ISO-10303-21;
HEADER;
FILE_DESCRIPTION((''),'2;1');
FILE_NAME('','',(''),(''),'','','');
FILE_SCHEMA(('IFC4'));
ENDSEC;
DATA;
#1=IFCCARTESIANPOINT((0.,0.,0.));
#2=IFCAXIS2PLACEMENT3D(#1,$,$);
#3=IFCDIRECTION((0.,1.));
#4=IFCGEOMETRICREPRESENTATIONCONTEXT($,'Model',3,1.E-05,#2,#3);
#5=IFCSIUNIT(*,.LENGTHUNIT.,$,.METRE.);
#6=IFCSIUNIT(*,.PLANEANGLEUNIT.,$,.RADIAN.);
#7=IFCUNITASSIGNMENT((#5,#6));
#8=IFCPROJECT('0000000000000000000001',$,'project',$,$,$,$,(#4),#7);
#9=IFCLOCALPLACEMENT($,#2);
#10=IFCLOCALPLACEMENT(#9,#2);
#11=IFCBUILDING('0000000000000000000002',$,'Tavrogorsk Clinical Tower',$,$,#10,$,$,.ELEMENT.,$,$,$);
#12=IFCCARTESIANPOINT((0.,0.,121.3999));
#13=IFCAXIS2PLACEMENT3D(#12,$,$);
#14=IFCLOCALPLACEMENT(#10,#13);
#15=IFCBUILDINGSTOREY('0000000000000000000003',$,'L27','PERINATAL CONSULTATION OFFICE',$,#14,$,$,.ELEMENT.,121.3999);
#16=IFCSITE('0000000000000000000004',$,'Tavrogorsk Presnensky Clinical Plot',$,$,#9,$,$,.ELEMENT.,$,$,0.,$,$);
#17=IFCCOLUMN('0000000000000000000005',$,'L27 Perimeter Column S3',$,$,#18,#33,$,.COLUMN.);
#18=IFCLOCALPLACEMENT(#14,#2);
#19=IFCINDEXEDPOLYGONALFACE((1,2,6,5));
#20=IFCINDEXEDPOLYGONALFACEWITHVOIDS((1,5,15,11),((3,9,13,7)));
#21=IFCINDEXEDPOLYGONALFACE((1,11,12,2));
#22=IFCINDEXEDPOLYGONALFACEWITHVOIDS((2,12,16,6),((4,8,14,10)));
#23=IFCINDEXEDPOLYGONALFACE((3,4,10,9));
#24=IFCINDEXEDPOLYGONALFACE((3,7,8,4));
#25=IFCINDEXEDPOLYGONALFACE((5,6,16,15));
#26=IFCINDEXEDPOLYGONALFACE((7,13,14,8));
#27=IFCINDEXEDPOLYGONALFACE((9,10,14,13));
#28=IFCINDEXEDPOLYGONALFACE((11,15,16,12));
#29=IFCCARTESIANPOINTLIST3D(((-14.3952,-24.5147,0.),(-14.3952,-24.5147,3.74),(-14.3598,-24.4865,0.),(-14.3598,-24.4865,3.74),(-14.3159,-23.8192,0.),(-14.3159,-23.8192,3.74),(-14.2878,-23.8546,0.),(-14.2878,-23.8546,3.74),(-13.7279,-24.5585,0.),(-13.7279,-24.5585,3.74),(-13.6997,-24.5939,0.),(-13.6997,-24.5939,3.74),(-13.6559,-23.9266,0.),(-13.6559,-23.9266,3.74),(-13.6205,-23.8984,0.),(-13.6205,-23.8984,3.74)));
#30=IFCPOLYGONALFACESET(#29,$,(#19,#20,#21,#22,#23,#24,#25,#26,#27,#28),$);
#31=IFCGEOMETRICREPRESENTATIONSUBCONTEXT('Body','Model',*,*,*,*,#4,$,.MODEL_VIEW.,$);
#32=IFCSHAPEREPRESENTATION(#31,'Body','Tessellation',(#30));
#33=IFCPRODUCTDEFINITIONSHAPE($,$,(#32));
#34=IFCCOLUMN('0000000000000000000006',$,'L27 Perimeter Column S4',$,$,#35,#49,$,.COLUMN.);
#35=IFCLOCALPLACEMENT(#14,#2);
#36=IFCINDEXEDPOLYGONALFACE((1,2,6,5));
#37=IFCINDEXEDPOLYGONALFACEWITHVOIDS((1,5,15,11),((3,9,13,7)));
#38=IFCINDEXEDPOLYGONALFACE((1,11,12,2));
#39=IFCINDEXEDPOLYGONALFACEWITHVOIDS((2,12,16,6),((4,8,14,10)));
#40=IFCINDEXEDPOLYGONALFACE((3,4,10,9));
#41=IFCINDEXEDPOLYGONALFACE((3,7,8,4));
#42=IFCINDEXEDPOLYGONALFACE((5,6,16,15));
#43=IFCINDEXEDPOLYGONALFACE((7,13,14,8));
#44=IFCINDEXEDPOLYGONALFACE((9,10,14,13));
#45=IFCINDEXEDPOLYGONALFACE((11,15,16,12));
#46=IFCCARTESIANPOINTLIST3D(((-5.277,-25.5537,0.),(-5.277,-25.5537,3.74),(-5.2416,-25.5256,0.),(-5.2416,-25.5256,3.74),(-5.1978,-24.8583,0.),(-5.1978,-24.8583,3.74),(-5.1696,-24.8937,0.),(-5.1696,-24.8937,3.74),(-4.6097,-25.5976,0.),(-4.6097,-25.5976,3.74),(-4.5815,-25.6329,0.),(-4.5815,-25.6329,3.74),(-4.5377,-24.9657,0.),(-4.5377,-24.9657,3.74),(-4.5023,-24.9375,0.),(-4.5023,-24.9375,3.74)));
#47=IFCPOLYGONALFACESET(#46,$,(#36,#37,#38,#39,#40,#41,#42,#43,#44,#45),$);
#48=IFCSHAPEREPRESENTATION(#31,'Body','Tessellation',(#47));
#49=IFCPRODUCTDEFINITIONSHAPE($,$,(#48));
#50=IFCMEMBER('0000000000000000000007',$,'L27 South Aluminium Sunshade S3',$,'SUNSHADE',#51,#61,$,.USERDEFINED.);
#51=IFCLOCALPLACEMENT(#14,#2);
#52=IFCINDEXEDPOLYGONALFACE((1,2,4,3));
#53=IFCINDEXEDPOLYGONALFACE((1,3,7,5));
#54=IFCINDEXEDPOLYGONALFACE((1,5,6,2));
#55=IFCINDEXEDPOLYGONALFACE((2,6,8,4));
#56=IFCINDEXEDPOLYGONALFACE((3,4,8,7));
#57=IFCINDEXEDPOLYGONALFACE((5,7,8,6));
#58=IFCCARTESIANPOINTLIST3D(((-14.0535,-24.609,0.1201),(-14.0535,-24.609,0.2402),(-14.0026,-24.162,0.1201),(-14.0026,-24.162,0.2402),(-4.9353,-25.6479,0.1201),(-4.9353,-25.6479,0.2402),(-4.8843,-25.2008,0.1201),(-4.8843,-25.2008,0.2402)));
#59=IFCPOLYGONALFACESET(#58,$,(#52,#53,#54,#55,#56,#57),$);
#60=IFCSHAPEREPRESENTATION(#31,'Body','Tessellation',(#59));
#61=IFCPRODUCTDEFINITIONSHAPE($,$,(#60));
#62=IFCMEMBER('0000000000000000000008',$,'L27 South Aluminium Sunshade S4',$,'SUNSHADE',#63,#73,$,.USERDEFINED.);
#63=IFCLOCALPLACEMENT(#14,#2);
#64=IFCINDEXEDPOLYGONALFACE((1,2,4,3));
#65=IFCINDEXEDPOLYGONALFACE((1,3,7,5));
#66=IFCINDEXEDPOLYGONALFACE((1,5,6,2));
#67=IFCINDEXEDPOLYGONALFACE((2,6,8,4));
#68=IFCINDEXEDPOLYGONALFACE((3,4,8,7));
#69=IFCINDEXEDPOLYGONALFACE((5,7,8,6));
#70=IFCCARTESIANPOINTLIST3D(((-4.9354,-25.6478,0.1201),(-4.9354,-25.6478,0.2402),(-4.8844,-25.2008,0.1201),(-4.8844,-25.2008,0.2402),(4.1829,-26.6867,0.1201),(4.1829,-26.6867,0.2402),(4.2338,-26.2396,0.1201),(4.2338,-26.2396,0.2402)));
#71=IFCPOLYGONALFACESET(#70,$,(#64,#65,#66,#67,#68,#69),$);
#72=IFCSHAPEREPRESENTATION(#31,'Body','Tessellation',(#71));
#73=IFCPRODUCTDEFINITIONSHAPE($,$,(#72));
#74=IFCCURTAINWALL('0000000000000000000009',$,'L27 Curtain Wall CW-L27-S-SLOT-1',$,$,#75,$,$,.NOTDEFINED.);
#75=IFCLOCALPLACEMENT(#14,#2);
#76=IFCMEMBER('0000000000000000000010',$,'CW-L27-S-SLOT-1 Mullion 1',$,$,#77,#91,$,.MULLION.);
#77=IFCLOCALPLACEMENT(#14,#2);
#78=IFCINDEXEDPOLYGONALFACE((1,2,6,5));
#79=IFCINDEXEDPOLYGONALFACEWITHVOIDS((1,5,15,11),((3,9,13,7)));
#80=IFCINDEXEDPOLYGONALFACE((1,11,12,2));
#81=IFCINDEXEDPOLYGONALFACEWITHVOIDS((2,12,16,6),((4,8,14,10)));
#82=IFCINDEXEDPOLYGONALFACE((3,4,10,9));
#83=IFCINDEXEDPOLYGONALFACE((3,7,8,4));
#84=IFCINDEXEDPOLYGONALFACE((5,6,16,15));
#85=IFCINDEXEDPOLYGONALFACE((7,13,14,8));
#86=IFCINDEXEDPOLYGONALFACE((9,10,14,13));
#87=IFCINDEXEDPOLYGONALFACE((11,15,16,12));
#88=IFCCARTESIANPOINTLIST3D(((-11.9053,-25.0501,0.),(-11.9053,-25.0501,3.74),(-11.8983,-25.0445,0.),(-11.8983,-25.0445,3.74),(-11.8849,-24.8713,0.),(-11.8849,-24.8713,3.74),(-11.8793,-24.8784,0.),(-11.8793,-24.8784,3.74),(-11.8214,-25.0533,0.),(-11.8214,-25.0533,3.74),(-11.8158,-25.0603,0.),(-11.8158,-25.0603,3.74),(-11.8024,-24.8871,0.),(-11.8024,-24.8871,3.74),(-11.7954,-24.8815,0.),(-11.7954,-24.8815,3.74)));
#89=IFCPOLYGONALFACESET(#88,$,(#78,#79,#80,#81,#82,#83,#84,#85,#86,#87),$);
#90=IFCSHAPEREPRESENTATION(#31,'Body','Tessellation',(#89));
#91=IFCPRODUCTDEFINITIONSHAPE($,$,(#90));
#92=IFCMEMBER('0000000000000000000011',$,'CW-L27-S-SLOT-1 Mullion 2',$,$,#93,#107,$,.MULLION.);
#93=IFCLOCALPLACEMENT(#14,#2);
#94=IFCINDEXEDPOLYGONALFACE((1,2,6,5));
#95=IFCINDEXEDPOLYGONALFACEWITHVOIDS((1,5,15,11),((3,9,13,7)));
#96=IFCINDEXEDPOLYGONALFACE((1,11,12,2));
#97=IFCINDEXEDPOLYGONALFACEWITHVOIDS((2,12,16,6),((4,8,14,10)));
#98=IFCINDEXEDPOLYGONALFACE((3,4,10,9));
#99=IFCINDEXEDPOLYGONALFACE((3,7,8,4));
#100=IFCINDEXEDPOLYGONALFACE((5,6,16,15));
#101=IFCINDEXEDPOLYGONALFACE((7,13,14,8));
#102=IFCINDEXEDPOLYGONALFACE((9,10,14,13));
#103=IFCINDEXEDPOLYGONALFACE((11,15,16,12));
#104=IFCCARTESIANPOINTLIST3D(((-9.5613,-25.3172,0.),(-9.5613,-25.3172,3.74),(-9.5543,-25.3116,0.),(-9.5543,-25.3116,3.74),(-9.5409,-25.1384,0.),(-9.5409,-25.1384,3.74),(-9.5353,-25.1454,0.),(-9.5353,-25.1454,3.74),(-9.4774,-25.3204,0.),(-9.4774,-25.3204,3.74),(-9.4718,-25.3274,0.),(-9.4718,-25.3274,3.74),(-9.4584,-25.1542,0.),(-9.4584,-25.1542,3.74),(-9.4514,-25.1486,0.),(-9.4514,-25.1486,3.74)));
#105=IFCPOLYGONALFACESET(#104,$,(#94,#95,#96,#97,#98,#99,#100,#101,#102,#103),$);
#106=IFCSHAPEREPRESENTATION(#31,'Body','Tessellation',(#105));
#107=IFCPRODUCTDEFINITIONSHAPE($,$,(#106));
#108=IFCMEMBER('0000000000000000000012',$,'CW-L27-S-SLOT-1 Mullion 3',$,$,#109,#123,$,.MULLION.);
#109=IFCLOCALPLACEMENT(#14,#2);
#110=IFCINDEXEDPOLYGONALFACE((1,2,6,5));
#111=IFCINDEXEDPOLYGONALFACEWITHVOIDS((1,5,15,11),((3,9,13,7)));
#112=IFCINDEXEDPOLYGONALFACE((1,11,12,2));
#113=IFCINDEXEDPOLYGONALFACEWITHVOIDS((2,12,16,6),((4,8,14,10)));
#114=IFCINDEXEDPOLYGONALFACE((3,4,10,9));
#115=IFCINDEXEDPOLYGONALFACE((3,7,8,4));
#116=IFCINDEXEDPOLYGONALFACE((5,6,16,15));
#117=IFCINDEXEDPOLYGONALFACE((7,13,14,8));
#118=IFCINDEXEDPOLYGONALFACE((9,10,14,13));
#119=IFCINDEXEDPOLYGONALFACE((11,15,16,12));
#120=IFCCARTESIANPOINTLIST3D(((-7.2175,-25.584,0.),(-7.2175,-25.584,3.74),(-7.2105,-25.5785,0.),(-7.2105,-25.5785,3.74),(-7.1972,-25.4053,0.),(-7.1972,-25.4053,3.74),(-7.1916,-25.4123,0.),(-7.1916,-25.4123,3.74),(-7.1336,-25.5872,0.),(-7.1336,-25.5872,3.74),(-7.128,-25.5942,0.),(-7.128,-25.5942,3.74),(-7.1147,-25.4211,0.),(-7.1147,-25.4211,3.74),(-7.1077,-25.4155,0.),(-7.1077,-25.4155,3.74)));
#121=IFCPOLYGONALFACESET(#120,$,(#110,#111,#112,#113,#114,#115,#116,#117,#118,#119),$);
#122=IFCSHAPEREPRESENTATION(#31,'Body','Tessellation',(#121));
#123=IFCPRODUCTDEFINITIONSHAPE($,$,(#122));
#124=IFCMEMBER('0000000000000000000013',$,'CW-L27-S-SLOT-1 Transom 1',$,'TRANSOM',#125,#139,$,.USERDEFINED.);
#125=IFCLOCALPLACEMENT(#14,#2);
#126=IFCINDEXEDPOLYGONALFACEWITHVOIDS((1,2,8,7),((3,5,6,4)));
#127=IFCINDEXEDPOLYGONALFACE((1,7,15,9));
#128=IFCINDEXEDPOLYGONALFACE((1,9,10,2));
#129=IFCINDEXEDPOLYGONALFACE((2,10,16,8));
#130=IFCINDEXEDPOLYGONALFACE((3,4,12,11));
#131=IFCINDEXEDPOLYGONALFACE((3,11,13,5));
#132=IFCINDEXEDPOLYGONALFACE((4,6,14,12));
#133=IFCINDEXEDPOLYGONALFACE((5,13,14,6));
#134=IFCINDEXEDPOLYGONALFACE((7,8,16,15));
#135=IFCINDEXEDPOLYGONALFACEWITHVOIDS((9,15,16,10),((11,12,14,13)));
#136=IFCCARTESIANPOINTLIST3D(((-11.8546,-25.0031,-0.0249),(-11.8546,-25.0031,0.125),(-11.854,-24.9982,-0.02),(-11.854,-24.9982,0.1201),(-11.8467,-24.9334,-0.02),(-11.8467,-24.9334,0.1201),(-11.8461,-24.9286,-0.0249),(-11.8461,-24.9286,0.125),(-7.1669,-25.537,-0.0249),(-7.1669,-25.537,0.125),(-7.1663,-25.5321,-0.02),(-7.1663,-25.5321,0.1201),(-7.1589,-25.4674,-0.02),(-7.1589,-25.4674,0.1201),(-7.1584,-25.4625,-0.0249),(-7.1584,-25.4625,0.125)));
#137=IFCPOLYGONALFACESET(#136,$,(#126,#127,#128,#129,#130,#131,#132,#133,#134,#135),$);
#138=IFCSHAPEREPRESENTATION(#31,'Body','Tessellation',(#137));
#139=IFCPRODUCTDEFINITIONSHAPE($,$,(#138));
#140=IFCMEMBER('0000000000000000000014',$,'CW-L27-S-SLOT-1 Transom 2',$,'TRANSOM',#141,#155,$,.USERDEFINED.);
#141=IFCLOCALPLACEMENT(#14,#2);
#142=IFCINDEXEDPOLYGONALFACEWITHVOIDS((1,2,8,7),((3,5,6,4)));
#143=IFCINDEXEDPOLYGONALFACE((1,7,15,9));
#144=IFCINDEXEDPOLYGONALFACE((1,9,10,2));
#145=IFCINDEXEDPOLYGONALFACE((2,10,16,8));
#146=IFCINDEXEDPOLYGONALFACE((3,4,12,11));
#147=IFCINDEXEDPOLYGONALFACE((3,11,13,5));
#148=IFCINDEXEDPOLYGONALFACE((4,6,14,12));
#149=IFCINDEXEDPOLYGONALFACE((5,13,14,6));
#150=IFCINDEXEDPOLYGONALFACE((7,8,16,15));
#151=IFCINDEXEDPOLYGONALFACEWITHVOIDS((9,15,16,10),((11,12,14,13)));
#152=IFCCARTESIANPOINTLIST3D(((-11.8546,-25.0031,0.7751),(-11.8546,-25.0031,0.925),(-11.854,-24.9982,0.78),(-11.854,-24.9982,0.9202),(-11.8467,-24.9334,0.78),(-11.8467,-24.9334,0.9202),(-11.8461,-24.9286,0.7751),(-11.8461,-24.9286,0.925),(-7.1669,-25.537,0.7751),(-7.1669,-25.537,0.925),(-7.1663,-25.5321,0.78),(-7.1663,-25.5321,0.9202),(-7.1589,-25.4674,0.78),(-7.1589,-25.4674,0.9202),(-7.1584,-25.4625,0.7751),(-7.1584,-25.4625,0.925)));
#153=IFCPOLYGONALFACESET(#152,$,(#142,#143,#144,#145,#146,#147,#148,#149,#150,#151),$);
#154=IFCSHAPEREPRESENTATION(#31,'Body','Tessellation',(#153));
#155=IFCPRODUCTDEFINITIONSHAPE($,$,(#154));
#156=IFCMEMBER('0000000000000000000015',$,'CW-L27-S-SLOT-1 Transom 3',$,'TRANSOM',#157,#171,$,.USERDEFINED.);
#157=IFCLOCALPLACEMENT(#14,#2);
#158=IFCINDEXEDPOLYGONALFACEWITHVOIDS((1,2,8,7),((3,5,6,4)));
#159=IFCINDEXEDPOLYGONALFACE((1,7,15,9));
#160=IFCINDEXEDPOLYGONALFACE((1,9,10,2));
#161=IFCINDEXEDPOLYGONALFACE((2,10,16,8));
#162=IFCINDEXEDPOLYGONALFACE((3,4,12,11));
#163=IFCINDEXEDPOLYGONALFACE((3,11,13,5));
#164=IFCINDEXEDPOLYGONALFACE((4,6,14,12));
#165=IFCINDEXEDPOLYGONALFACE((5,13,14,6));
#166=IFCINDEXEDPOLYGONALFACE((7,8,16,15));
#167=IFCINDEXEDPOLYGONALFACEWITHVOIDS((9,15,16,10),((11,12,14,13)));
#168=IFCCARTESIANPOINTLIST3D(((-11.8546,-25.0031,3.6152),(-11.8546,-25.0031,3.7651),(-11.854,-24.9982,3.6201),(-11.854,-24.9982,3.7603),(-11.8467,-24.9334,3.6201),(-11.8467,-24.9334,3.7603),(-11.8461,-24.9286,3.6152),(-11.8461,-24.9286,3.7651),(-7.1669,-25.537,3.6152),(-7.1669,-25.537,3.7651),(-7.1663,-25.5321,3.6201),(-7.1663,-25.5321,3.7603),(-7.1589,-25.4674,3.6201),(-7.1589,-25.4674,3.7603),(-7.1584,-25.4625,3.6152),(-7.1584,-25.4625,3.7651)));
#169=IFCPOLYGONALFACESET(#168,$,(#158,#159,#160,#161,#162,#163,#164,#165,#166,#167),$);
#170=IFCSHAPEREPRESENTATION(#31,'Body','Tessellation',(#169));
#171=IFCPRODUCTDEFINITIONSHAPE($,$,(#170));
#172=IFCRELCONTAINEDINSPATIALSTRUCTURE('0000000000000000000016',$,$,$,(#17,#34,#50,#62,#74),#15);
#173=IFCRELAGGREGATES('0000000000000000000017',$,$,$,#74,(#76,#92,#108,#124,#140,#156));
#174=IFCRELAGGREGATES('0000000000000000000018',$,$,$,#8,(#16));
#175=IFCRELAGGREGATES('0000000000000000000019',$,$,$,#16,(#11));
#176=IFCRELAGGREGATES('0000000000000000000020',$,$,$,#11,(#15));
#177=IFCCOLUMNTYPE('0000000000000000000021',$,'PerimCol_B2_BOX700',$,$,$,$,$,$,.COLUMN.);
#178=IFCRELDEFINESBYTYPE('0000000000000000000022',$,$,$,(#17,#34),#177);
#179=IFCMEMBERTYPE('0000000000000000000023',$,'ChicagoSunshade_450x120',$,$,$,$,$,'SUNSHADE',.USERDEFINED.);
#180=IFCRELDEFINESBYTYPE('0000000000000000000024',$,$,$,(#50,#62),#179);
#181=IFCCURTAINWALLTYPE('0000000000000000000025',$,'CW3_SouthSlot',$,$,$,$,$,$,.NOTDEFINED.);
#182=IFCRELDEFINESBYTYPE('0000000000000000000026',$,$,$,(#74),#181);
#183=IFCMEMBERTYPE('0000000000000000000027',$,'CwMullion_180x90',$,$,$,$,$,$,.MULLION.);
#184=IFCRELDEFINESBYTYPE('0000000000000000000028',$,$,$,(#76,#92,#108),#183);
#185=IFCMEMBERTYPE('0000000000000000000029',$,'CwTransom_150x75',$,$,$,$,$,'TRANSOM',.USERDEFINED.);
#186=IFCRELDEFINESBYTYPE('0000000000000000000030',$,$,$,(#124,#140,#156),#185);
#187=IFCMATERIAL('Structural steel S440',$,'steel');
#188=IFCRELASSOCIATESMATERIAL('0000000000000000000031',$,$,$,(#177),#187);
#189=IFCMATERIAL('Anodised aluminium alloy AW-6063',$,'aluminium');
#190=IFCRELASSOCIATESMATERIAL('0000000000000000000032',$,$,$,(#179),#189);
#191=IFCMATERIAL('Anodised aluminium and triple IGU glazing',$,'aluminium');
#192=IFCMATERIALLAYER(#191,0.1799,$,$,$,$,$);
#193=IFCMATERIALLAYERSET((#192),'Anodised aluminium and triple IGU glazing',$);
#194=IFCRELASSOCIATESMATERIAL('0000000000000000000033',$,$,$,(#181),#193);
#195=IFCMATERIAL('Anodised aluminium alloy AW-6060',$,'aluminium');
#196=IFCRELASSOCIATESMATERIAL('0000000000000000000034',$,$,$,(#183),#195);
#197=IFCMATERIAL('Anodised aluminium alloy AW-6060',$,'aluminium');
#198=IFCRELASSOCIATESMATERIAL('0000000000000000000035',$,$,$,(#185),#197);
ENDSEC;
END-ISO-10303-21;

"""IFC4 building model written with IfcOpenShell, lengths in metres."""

from ifc_helpers import new_model, si_unit, direction, frame, origin, origin_2d, place, context, subcontext, project, spatial, rectangle, hollow_rectangle, extrude, material, layer, layer_set, material_profile, profile_set, type_object, element, aggregate, save


model = new_model("IFC4")

# Units and contexts
model_context = context("Model", 3, precision=1e-05, world=origin(), true_north=direction((0.0, 1.0)))
body_context = subcontext(model_context, "Body", "Model", "MODEL_VIEW")
ifc_project = project(units=[si_unit("LENGTHUNIT", "METRE"), si_unit("PLANEANGLEUNIT", "RADIAN")], contexts=[model_context])

# Site, building, storey
site_placement = place(None, origin())
site = spatial("IfcSite", under=ifc_project, at=site_placement, Name="Tavrogorsk Presnensky Clinical Plot", CompositionType="ELEMENT", RefElevation=0.0)
building_placement = place(site_placement, origin())
building = spatial("IfcBuilding", under=site, at=building_placement, Name="Tavrogorsk Clinical Tower", CompositionType="ELEMENT")
storey_placement = place(building_placement, frame((0.0, 0.0, 121.3999)))
storey = spatial("IfcBuildingStorey", under=building, at=storey_placement, Name="L27", Description="PERINATAL CONSULTATION OFFICE", CompositionType="ELEMENT", Elevation=121.3999)

# Columns
ifc_material_1 = material(Name="Structural steel S440", Category="steel")
ifc_material_profile_1 = material_profile(ifc_material_1, hollow_rectangle(XDim=0.7, YDim=0.7, WallThickness=0.032, at=origin_2d()), Name="BOX-700x700x32")
ifc_profile_set_1 = profile_set([ifc_material_profile_1], Name="Structural steel S440")
column_type = type_object("IfcColumnType", Name="PerimCol_B2_BOX700", PredefinedType="COLUMN", material=ifc_profile_set_1)
for number, where, z_axis, x_axis, name in (
    (1, (-14.0078, -24.2065, 0.0), (0.0, 0.0, 1.0), (0.993572, -0.113203, 0.0), "L27 Perimeter Column S3"),
    (2, (-4.8896, -25.2456, 0.0), (0.0, 0.0, 1.0), (0.993572, -0.113203, 0.0), "L27 Perimeter Column S4"),
):
    element("IfcColumn", number, at=place(storey_placement, frame(where, z_axis=z_axis, x_axis=x_axis)), inside=storey, type_object=column_type, Name=name, PredefinedType="COLUMN", context=body_context, shape_type="SweptSolid", body=[
        extrude(hollow_rectangle(XDim=0.7, YDim=0.7, WallThickness=0.032, at=origin_2d()), origin(), (0.0, 0.0, 1.0), 3.74),
    ])

# Members
ifc_material_2 = material(Name="Anodised aluminium alloy AW-6063", Category="aluminium")
ifc_material_profile_2 = material_profile(ifc_material_2, rectangle(XDim=0.45, YDim=0.1201, at=origin_2d()), Name="ALU-SUNSHADE-450x120")
ifc_profile_set_2 = profile_set([ifc_material_profile_2], Name="Anodised aluminium alloy AW-6063")
member_type_1 = type_object("IfcMemberType", Name="ChicagoSunshade_450x120", ElementType="SUNSHADE", PredefinedType="USERDEFINED", material=ifc_profile_set_2)
for number, where, z_axis, x_axis, name in (
    (3, (-14.0281, -24.3855, 0.1802), (0.993573, -0.113196, 0.0), (0.113196, 0.993573, 0.0), "L27 South Aluminium Sunshade S3"),
    (4, (-4.9099, -25.4243, 0.1802), (0.993573, -0.113196, 0.0), (0.113196, 0.993573, 0.0), "L27 South Aluminium Sunshade S4"),
):
    element("IfcMember", number, at=place(storey_placement, frame(where, z_axis=z_axis, x_axis=x_axis)), inside=storey, type_object=member_type_1, Name=name, ObjectType="SUNSHADE", PredefinedType="USERDEFINED", context=body_context, shape_type="SweptSolid", body=[
        extrude(rectangle(XDim=0.45, YDim=0.1201, at=origin_2d()), origin(), (0.0, 0.0, 1.0), 9.1772),
    ])

# Curtain wall, members
ifc_material_3 = material(Name="Anodised aluminium and triple IGU glazing", Category="aluminium")
ifc_layer_1 = layer(ifc_material_3, 0.1799)
ifc_layer_set_1 = layer_set([ifc_layer_1], Name="Anodised aluminium and triple IGU glazing")
curtain_wall_type = type_object("IfcCurtainWallType", Name="CW3_SouthSlot", PredefinedType="NOTDEFINED", material=ifc_layer_set_1)
curtain_wall_placement = place(storey_placement, origin())
curtain_wall = element("IfcCurtainWall", 5, at=curtain_wall_placement, inside=storey, type_object=curtain_wall_type, Name="L27 Curtain Wall CW-L27-S-SLOT-1", PredefinedType="NOTDEFINED")
ifc_material_4 = material(Name="Anodised aluminium alloy AW-6060", Category="aluminium")
ifc_material_profile_3 = material_profile(ifc_material_4, hollow_rectangle(XDim=0.0901, YDim=0.1799, WallThickness=0.0063, at=origin_2d()), Name="RHS-180x90x6.3")
ifc_profile_set_3 = profile_set([ifc_material_profile_3], Name="Anodised aluminium alloy AW-6060")
member_type_2 = type_object("IfcMemberType", Name="CwMullion_180x90", PredefinedType="MULLION", material=ifc_profile_set_3)
member_1_placement = place(storey_placement, frame((-11.8503, -24.9658, 0.0), z_axis=(0.0, 0.0, 1.0), x_axis=(0.993572, -0.113203, 0.0)))
member_1 = element("IfcMember", 6, at=member_1_placement, type_object=member_type_2, Name="CW-L27-S-SLOT-1 Mullion 1", PredefinedType="MULLION", context=body_context, shape_type="SweptSolid", body=[
    extrude(hollow_rectangle(XDim=0.0901, YDim=0.1799, WallThickness=0.0063, at=origin_2d()), origin(), (0.0, 0.0, 1.0), 3.74),
])
member_2_placement = place(storey_placement, frame((-9.5063, -25.2329, 0.0), z_axis=(0.0, 0.0, 1.0), x_axis=(0.993572, -0.113203, 0.0)))
member_2 = element("IfcMember", 7, at=member_2_placement, type_object=member_type_2, Name="CW-L27-S-SLOT-1 Mullion 2", PredefinedType="MULLION", context=body_context, shape_type="SweptSolid", body=[
    extrude(hollow_rectangle(XDim=0.0901, YDim=0.1799, WallThickness=0.0063, at=origin_2d()), origin(), (0.0, 0.0, 1.0), 3.74),
])
member_3_placement = place(storey_placement, frame((-7.1626, -25.4998, 0.0), z_axis=(0.0, 0.0, 1.0), x_axis=(0.993572, -0.113203, 0.0)))
member_3 = element("IfcMember", 8, at=member_3_placement, type_object=member_type_2, Name="CW-L27-S-SLOT-1 Mullion 3", PredefinedType="MULLION", context=body_context, shape_type="SweptSolid", body=[
    extrude(hollow_rectangle(XDim=0.0901, YDim=0.1799, WallThickness=0.0063, at=origin_2d()), origin(), (0.0, 0.0, 1.0), 3.74),
])
ifc_material_5 = material(Name="Anodised aluminium alloy AW-6060", Category="aluminium")
ifc_material_profile_4 = material_profile(ifc_material_5, hollow_rectangle(XDim=0.075, YDim=0.1499, WallThickness=0.0049, at=origin_2d()), Name="RHS-150x75x5")
ifc_profile_set_4 = profile_set([ifc_material_profile_4], Name="Anodised aluminium alloy AW-6060")
member_type_3 = type_object("IfcMemberType", Name="CwTransom_150x75", ElementType="TRANSOM", PredefinedType="USERDEFINED", material=ifc_profile_set_4)
member_4_placement = place(storey_placement, frame((-11.8503, -24.9658, 0.05), z_axis=(0.993576, -0.113169, 0.0), x_axis=(0.113169, 0.993576, 0.0)))
member_4 = element("IfcMember", 9, at=member_4_placement, type_object=member_type_3, Name="CW-L27-S-SLOT-1 Transom 1", ObjectType="TRANSOM", PredefinedType="USERDEFINED", context=body_context, shape_type="SweptSolid", body=[
    extrude(hollow_rectangle(XDim=0.075, YDim=0.1499, WallThickness=0.0049, at=origin_2d()), origin(), (0.0, 0.0, 1.0), 4.718),
])
member_5_placement = place(storey_placement, frame((-11.8503, -24.9658, 0.8501), z_axis=(0.993576, -0.113169, 0.0), x_axis=(0.113169, 0.993576, 0.0)))
member_5 = element("IfcMember", 10, at=member_5_placement, type_object=member_type_3, Name="CW-L27-S-SLOT-1 Transom 2", ObjectType="TRANSOM", PredefinedType="USERDEFINED", context=body_context, shape_type="SweptSolid", body=[
    extrude(hollow_rectangle(XDim=0.075, YDim=0.1499, WallThickness=0.0049, at=origin_2d()), origin(), (0.0, 0.0, 1.0), 4.718),
])
member_6_placement = place(storey_placement, frame((-11.8503, -24.9658, 3.6902), z_axis=(0.993576, -0.113169, 0.0), x_axis=(0.113169, 0.993576, 0.0)))
member_6 = element("IfcMember", 11, at=member_6_placement, type_object=member_type_3, Name="CW-L27-S-SLOT-1 Transom 3", ObjectType="TRANSOM", PredefinedType="USERDEFINED", context=body_context, shape_type="SweptSolid", body=[
    extrude(hollow_rectangle(XDim=0.075, YDim=0.1499, WallThickness=0.0049, at=origin_2d()), origin(), (0.0, 0.0, 1.0), 4.718),
])

aggregate(curtain_wall, [member_1, member_2, member_3, member_4, member_5, member_6])

save(model, "model.ifc")
